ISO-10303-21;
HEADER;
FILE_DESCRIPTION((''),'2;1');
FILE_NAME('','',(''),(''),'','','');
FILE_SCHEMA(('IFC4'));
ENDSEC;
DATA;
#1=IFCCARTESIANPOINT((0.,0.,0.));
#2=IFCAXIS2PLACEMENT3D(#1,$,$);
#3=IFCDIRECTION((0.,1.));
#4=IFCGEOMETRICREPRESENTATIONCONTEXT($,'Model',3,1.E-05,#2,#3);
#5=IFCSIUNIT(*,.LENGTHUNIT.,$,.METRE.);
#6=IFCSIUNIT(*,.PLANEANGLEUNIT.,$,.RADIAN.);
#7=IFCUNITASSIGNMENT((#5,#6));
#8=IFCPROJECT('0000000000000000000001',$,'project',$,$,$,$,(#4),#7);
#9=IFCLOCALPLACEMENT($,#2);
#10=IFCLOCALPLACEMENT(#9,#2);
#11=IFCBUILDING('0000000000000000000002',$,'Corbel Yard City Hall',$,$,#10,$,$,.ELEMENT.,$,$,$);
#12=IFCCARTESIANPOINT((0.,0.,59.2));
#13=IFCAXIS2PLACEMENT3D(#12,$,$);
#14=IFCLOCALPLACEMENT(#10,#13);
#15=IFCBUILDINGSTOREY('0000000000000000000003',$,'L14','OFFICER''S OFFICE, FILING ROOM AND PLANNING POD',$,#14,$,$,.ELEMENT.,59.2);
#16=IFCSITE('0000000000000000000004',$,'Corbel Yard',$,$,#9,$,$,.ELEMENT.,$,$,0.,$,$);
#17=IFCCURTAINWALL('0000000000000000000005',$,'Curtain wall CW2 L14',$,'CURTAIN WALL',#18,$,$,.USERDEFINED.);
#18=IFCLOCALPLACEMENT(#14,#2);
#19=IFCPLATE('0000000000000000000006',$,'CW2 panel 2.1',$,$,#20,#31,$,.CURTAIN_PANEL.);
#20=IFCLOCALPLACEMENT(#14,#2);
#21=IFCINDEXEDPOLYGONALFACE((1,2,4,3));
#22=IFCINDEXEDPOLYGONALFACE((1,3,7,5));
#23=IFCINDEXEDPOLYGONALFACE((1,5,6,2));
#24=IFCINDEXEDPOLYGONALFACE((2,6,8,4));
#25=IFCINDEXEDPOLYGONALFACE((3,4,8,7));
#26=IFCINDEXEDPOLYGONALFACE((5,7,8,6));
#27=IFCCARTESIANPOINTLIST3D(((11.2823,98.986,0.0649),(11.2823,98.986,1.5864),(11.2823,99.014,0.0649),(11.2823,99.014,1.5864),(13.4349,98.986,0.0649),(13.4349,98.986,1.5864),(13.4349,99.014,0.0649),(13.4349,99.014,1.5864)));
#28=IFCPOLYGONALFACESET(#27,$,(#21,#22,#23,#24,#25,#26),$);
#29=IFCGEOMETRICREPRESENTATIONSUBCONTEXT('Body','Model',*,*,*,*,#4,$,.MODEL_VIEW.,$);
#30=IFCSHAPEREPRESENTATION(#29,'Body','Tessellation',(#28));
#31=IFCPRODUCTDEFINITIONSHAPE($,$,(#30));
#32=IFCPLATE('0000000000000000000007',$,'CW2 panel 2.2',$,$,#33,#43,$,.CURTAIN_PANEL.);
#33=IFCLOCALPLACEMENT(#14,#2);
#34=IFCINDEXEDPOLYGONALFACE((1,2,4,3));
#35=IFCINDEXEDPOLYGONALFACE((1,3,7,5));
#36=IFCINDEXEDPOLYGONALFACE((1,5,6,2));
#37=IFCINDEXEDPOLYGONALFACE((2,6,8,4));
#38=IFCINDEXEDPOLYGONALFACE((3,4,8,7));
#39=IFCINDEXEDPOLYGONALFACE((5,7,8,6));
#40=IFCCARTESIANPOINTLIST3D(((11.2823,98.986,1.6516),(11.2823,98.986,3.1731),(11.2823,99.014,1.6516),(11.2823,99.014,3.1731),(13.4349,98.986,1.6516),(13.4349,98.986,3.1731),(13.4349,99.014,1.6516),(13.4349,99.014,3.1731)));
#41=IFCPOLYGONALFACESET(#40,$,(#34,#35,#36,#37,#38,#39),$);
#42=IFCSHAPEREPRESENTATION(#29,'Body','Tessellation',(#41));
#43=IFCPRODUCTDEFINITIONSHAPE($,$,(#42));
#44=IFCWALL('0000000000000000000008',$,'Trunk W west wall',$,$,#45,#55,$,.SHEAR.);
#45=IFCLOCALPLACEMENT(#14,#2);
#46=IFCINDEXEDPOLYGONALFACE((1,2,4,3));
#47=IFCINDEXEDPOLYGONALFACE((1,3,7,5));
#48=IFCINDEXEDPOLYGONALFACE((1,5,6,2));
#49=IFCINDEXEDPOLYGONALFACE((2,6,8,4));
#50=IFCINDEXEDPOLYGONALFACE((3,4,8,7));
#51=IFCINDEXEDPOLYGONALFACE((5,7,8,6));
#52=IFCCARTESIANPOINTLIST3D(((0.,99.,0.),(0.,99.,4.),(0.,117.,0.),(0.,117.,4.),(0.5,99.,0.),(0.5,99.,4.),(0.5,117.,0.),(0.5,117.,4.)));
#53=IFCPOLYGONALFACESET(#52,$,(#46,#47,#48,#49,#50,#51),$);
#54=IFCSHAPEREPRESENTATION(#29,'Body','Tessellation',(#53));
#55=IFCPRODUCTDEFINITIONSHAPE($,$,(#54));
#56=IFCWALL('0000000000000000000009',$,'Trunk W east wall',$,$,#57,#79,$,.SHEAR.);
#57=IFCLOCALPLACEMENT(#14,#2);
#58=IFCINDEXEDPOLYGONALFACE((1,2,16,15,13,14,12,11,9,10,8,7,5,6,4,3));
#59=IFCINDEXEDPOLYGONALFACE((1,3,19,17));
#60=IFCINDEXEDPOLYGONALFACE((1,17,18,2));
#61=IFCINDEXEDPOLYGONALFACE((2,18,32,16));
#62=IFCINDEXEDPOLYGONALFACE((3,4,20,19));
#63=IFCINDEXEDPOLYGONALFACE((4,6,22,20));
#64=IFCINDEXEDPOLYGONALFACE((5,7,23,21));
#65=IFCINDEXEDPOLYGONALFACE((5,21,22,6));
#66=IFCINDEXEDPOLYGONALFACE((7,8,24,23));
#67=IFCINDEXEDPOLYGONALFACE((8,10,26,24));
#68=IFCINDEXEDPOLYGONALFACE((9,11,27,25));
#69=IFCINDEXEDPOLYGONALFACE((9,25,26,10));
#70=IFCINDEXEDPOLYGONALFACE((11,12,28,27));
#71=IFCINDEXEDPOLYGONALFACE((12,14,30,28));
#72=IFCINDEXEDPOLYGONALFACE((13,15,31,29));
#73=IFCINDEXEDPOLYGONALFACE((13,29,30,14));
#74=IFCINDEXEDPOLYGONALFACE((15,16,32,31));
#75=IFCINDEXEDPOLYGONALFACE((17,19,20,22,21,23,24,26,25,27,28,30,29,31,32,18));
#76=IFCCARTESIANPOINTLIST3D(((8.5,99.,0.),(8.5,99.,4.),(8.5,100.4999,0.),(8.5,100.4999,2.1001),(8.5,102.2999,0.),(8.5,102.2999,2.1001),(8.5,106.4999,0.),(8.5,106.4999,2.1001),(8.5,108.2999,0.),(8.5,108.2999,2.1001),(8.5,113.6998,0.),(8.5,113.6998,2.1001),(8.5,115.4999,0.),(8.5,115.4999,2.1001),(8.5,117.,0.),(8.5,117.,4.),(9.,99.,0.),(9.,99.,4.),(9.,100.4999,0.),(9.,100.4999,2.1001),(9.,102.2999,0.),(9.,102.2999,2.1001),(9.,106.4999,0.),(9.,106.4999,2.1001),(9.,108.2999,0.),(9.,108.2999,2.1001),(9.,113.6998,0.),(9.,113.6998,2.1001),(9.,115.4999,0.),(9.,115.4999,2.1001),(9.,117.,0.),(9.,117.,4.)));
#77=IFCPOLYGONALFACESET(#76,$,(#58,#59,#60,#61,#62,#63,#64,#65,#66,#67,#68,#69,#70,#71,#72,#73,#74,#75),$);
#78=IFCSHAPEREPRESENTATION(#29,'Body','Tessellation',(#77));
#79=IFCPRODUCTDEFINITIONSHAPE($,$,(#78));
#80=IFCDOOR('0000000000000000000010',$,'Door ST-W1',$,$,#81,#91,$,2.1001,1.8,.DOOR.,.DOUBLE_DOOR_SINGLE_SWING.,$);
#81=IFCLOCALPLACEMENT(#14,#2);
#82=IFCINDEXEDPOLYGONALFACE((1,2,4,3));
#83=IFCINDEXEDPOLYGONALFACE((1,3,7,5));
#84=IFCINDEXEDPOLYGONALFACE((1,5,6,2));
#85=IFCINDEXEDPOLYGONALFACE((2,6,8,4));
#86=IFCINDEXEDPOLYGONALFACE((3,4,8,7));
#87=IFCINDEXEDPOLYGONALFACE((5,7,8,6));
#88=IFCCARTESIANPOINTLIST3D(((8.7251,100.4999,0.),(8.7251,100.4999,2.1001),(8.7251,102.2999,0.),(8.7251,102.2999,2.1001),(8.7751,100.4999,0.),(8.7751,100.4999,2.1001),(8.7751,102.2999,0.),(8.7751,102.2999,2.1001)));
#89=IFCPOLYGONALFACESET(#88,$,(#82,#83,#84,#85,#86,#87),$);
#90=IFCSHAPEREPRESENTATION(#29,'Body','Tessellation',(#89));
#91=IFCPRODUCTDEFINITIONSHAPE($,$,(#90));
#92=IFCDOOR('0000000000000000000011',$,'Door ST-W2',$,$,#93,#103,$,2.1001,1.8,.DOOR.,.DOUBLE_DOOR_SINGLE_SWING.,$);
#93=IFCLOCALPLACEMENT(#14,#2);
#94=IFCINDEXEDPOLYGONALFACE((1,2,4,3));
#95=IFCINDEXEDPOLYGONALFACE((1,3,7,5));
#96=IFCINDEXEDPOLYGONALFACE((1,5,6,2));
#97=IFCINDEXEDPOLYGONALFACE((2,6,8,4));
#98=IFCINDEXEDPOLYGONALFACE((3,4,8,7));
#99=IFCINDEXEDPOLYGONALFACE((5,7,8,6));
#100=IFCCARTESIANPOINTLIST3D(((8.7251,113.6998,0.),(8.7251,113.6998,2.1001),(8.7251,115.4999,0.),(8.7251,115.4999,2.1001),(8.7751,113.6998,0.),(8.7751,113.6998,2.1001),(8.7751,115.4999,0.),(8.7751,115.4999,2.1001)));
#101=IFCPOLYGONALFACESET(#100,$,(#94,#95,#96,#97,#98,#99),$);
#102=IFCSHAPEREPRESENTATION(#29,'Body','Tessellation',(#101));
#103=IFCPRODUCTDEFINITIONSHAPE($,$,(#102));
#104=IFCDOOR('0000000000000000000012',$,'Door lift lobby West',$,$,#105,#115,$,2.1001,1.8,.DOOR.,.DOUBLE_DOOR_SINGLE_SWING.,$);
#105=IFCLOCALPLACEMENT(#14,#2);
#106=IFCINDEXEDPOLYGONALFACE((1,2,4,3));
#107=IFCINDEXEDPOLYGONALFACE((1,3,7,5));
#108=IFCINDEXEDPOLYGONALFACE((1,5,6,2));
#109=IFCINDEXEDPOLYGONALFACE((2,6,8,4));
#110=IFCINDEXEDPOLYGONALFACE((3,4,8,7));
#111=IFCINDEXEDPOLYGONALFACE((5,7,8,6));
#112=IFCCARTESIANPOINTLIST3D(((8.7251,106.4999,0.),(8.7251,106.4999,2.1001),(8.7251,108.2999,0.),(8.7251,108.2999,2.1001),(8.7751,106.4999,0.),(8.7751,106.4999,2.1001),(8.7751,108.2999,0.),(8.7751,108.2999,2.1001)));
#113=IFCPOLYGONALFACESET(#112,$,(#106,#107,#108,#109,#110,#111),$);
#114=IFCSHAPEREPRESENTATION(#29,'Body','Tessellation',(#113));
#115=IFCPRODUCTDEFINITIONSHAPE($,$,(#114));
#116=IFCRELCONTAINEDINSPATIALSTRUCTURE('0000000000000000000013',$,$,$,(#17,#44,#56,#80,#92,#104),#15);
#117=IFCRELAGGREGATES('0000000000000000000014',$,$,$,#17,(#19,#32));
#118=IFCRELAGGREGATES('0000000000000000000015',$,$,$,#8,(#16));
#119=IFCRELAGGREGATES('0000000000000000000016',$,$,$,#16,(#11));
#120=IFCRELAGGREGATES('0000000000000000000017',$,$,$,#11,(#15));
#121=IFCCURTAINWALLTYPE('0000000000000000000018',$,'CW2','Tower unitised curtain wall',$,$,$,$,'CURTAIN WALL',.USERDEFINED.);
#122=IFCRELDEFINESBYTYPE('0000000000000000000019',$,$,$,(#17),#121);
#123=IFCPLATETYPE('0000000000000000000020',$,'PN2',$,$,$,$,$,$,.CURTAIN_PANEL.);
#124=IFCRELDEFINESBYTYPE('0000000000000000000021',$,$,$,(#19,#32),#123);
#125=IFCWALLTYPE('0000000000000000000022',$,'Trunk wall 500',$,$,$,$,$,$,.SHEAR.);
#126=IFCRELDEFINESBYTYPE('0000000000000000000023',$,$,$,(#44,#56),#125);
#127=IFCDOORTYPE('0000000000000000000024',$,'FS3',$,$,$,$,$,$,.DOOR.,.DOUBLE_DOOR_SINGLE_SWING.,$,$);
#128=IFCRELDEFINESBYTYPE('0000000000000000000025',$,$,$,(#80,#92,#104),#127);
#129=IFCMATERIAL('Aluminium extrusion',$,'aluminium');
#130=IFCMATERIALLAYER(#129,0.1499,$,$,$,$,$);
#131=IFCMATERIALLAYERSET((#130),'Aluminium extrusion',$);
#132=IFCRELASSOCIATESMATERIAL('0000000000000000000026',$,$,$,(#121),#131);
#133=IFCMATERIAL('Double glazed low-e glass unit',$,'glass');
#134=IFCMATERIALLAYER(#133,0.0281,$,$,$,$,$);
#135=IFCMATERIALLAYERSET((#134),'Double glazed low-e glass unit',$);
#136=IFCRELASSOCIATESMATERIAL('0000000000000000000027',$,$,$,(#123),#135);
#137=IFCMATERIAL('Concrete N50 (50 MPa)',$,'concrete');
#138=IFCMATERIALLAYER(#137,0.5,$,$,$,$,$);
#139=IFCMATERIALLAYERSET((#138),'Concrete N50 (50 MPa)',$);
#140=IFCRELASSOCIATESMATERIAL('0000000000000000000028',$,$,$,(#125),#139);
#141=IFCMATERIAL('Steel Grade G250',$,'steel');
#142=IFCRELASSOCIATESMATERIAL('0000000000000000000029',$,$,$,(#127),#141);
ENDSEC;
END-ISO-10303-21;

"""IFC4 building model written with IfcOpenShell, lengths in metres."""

from ifc_helpers import new_model, si_unit, direction, frame, frame_2d, origin, origin_2d, place, context, subcontext, project, spatial, rectangle, extrude, material, layer, layer_set, type_object, element, fill, aggregate, save


model = new_model("IFC4")

# Units and contexts
model_context = context("Model", 3, precision=1e-05, world=origin(), true_north=direction((0.0, 1.0)))
body_context = subcontext(model_context, "Body", "Model", "MODEL_VIEW")
ifc_project = project(units=[si_unit("LENGTHUNIT", "METRE"), si_unit("PLANEANGLEUNIT", "RADIAN")], contexts=[model_context])

# Site, building, storey
site_placement = place(None, origin())
site = spatial("IfcSite", under=ifc_project, at=site_placement, Name="Corbel Yard", CompositionType="ELEMENT", RefElevation=0.0)
building_placement = place(site_placement, origin())
building = spatial("IfcBuilding", under=site, at=building_placement, Name="Corbel Yard City Hall", CompositionType="ELEMENT")
storey_placement = place(building_placement, frame((0.0, 0.0, 59.2)))
storey = spatial("IfcBuildingStorey", under=building, at=storey_placement, Name="L14", Description="OFFICER'S OFFICE, FILING ROOM AND PLANNING POD", CompositionType="ELEMENT", Elevation=59.2)

# Curtain wall, plates
ifc_material_1 = material(Name="Aluminium extrusion", Category="aluminium")
ifc_layer_1 = layer(ifc_material_1, 0.1499)
ifc_layer_set_1 = layer_set([ifc_layer_1], Name="Aluminium extrusion")
curtain_wall_type = type_object("IfcCurtainWallType", Name="CW2", Description="Tower unitised curtain wall", ElementType="CURTAIN WALL", PredefinedType="USERDEFINED", material=ifc_layer_set_1)
curtain_wall_placement = place(storey_placement, origin())
curtain_wall = element("IfcCurtainWall", 1, at=curtain_wall_placement, inside=storey, type_object=curtain_wall_type, Name="Curtain wall CW2 L14", ObjectType="CURTAIN WALL", PredefinedType="USERDEFINED")
ifc_material_2 = material(Name="Double glazed low-e glass unit", Category="glass")
ifc_layer_2 = layer(ifc_material_2, 0.0281)
ifc_layer_set_2 = layer_set([ifc_layer_2], Name="Double glazed low-e glass unit")
plate_type = type_object("IfcPlateType", Name="PN2", PredefinedType="CURTAIN_PANEL", material=ifc_layer_set_2)
plate_1_placement = place(storey_placement, frame((12.3586, 99.0, 0.0649), z_axis=(0.0, 0.0, 1.0), x_axis=(1.0, 0.0, 0.0)))
plate_1 = element("IfcPlate", 2, at=plate_1_placement, type_object=plate_type, Name="CW2 panel 2.1", PredefinedType="CURTAIN_PANEL", context=body_context, shape_type="SweptSolid", body=[
    extrude(rectangle(XDim=2.1526, YDim=0.0281, at=origin_2d()), origin(), (0.0, 0.0, 1.0), 1.5215),
])
plate_2_placement = place(storey_placement, frame((12.3586, 99.0, 1.6516), z_axis=(0.0, 0.0, 1.0), x_axis=(1.0, 0.0, 0.0)))
plate_2 = element("IfcPlate", 3, at=plate_2_placement, type_object=plate_type, Name="CW2 panel 2.2", PredefinedType="CURTAIN_PANEL", context=body_context, shape_type="SweptSolid", body=[
    extrude(rectangle(XDim=2.1526, YDim=0.0281, at=origin_2d()), origin(), (0.0, 0.0, 1.0), 1.5215),
])
aggregate(curtain_wall, [plate_1, plate_2])

# Wall
ifc_material_3 = material(Name="Concrete N50 (50 MPa)", Category="concrete")
ifc_layer_3 = layer(ifc_material_3, 0.5)
ifc_layer_set_3 = layer_set([ifc_layer_3], Name="Concrete N50 (50 MPa)")
wall_type = type_object("IfcWallType", Name="Trunk wall 500", PredefinedType="SHEAR", material=ifc_layer_set_3)
wall_1_placement = place(storey_placement, frame((0.25, 99.0, 0.0), z_axis=(0.0, 0.0, 1.0), x_axis=(0.0, 1.0, 0.0)))
element("IfcWall", 4, at=wall_1_placement, inside=storey, type_object=wall_type, Name="Trunk W west wall", PredefinedType="SHEAR", context=body_context, shape_type="SweptSolid", body=[
    extrude(rectangle(XDim=18.0, YDim=0.5, at=frame_2d((9.0, 0.0))), origin(), (0.0, 0.0, 1.0), 4.0),
])

# Wall, openings, doors
wall_2_placement = place(storey_placement, frame((8.75, 99.0, 0.0), z_axis=(0.0, 0.0, 1.0), x_axis=(0.0, 1.0, 0.0)))
wall_2 = element("IfcWall", 5, at=wall_2_placement, inside=storey, type_object=wall_type, Name="Trunk W east wall", PredefinedType="SHEAR", context=body_context, shape_type="SweptSolid", body=[
    extrude(rectangle(XDim=18.0, YDim=0.5, at=frame_2d((9.0, 0.0))), origin(), (0.0, 0.0, 1.0), 4.0),
])
opening_1_placement = place(wall_2_placement, frame((1.5, 0.0, 0.0)))
opening_1 = element("IfcOpeningElement", 6, at=opening_1_placement, cuts=wall_2, PredefinedType="OPENING", context=body_context, shape_type="SweptSolid", body=[
    extrude(rectangle(XDim=1.8, YDim=2.1001, at=frame_2d((0.8999, 1.05))), frame((0.0, 0.26, 0.0), z_axis=(0.0, -1.0, 0.0), x_axis=(1.0, 0.0, 0.0)), (0.0, 0.0, 1.0), 0.52),
])
opening_2_placement = place(wall_2_placement, frame((14.7, 0.0, 0.0)))
opening_2 = element("IfcOpeningElement", 7, at=opening_2_placement, cuts=wall_2, PredefinedType="OPENING", context=body_context, shape_type="SweptSolid", body=[
    extrude(rectangle(XDim=1.8, YDim=2.1001, at=frame_2d((0.8999, 1.05))), frame((0.0, 0.26, 0.0), z_axis=(0.0, -1.0, 0.0), x_axis=(1.0, 0.0, 0.0)), (0.0, 0.0, 1.0), 0.52),
])
opening_3_placement = place(wall_2_placement, frame((7.5, 0.0, 0.0)))
opening_3 = element("IfcOpeningElement", 8, at=opening_3_placement, cuts=wall_2, PredefinedType="OPENING", context=body_context, shape_type="SweptSolid", body=[
    extrude(rectangle(XDim=1.8, YDim=2.1001, at=frame_2d((0.8999, 1.05))), frame((0.0, 0.26, 0.0), z_axis=(0.0, -1.0, 0.0), x_axis=(1.0, 0.0, 0.0)), (0.0, 0.0, 1.0), 0.52),
])
ifc_material_4 = material(Name="Steel Grade G250", Category="steel")
door_type = type_object("IfcDoorType", Name="FS3", OperationType="DOUBLE_DOOR_SINGLE_SWING", PredefinedType="DOOR", material=ifc_material_4)
door_1_placement = place(opening_1_placement, origin())
door_1 = element("IfcDoor", 9, at=door_1_placement, inside=storey, type_object=door_type, Name="Door ST-W1", OperationType="DOUBLE_DOOR_SINGLE_SWING", OverallHeight=2.1001, OverallWidth=1.8, PredefinedType="DOOR", context=body_context, shape_type="SweptSolid", body=[
    extrude(rectangle(XDim=1.8, YDim=2.1001, at=frame_2d((0.8999, 1.05))), frame((0.0, 0.0249, 0.0), z_axis=(0.0, -1.0, 0.0), x_axis=(1.0, 0.0, 0.0)), (0.0, 0.0, 1.0), 0.05),
])
fill(opening_1, door_1)
door_2_placement = place(opening_2_placement, origin())
door_2 = element("IfcDoor", 10, at=door_2_placement, inside=storey, type_object=door_type, Name="Door ST-W2", OperationType="DOUBLE_DOOR_SINGLE_SWING", OverallHeight=2.1001, OverallWidth=1.8, PredefinedType="DOOR", context=body_context, shape_type="SweptSolid", body=[
    extrude(rectangle(XDim=1.8, YDim=2.1001, at=frame_2d((0.8999, 1.05))), frame((0.0, 0.0249, 0.0), z_axis=(0.0, -1.0, 0.0), x_axis=(1.0, 0.0, 0.0)), (0.0, 0.0, 1.0), 0.05),
])
fill(opening_2, door_2)
door_3_placement = place(opening_3_placement, origin())
door_3 = element("IfcDoor", 11, at=door_3_placement, inside=storey, type_object=door_type, Name="Door lift lobby West", OperationType="DOUBLE_DOOR_SINGLE_SWING", OverallHeight=2.1001, OverallWidth=1.8, PredefinedType="DOOR", context=body_context, shape_type="SweptSolid", body=[
    extrude(rectangle(XDim=1.8, YDim=2.1001, at=frame_2d((0.8999, 1.05))), frame((0.0, 0.0249, 0.0), z_axis=(0.0, -1.0, 0.0), x_axis=(1.0, 0.0, 0.0)), (0.0, 0.0, 1.0), 0.05),
])
fill(opening_3, door_3)

save(model, "model.ifc")
